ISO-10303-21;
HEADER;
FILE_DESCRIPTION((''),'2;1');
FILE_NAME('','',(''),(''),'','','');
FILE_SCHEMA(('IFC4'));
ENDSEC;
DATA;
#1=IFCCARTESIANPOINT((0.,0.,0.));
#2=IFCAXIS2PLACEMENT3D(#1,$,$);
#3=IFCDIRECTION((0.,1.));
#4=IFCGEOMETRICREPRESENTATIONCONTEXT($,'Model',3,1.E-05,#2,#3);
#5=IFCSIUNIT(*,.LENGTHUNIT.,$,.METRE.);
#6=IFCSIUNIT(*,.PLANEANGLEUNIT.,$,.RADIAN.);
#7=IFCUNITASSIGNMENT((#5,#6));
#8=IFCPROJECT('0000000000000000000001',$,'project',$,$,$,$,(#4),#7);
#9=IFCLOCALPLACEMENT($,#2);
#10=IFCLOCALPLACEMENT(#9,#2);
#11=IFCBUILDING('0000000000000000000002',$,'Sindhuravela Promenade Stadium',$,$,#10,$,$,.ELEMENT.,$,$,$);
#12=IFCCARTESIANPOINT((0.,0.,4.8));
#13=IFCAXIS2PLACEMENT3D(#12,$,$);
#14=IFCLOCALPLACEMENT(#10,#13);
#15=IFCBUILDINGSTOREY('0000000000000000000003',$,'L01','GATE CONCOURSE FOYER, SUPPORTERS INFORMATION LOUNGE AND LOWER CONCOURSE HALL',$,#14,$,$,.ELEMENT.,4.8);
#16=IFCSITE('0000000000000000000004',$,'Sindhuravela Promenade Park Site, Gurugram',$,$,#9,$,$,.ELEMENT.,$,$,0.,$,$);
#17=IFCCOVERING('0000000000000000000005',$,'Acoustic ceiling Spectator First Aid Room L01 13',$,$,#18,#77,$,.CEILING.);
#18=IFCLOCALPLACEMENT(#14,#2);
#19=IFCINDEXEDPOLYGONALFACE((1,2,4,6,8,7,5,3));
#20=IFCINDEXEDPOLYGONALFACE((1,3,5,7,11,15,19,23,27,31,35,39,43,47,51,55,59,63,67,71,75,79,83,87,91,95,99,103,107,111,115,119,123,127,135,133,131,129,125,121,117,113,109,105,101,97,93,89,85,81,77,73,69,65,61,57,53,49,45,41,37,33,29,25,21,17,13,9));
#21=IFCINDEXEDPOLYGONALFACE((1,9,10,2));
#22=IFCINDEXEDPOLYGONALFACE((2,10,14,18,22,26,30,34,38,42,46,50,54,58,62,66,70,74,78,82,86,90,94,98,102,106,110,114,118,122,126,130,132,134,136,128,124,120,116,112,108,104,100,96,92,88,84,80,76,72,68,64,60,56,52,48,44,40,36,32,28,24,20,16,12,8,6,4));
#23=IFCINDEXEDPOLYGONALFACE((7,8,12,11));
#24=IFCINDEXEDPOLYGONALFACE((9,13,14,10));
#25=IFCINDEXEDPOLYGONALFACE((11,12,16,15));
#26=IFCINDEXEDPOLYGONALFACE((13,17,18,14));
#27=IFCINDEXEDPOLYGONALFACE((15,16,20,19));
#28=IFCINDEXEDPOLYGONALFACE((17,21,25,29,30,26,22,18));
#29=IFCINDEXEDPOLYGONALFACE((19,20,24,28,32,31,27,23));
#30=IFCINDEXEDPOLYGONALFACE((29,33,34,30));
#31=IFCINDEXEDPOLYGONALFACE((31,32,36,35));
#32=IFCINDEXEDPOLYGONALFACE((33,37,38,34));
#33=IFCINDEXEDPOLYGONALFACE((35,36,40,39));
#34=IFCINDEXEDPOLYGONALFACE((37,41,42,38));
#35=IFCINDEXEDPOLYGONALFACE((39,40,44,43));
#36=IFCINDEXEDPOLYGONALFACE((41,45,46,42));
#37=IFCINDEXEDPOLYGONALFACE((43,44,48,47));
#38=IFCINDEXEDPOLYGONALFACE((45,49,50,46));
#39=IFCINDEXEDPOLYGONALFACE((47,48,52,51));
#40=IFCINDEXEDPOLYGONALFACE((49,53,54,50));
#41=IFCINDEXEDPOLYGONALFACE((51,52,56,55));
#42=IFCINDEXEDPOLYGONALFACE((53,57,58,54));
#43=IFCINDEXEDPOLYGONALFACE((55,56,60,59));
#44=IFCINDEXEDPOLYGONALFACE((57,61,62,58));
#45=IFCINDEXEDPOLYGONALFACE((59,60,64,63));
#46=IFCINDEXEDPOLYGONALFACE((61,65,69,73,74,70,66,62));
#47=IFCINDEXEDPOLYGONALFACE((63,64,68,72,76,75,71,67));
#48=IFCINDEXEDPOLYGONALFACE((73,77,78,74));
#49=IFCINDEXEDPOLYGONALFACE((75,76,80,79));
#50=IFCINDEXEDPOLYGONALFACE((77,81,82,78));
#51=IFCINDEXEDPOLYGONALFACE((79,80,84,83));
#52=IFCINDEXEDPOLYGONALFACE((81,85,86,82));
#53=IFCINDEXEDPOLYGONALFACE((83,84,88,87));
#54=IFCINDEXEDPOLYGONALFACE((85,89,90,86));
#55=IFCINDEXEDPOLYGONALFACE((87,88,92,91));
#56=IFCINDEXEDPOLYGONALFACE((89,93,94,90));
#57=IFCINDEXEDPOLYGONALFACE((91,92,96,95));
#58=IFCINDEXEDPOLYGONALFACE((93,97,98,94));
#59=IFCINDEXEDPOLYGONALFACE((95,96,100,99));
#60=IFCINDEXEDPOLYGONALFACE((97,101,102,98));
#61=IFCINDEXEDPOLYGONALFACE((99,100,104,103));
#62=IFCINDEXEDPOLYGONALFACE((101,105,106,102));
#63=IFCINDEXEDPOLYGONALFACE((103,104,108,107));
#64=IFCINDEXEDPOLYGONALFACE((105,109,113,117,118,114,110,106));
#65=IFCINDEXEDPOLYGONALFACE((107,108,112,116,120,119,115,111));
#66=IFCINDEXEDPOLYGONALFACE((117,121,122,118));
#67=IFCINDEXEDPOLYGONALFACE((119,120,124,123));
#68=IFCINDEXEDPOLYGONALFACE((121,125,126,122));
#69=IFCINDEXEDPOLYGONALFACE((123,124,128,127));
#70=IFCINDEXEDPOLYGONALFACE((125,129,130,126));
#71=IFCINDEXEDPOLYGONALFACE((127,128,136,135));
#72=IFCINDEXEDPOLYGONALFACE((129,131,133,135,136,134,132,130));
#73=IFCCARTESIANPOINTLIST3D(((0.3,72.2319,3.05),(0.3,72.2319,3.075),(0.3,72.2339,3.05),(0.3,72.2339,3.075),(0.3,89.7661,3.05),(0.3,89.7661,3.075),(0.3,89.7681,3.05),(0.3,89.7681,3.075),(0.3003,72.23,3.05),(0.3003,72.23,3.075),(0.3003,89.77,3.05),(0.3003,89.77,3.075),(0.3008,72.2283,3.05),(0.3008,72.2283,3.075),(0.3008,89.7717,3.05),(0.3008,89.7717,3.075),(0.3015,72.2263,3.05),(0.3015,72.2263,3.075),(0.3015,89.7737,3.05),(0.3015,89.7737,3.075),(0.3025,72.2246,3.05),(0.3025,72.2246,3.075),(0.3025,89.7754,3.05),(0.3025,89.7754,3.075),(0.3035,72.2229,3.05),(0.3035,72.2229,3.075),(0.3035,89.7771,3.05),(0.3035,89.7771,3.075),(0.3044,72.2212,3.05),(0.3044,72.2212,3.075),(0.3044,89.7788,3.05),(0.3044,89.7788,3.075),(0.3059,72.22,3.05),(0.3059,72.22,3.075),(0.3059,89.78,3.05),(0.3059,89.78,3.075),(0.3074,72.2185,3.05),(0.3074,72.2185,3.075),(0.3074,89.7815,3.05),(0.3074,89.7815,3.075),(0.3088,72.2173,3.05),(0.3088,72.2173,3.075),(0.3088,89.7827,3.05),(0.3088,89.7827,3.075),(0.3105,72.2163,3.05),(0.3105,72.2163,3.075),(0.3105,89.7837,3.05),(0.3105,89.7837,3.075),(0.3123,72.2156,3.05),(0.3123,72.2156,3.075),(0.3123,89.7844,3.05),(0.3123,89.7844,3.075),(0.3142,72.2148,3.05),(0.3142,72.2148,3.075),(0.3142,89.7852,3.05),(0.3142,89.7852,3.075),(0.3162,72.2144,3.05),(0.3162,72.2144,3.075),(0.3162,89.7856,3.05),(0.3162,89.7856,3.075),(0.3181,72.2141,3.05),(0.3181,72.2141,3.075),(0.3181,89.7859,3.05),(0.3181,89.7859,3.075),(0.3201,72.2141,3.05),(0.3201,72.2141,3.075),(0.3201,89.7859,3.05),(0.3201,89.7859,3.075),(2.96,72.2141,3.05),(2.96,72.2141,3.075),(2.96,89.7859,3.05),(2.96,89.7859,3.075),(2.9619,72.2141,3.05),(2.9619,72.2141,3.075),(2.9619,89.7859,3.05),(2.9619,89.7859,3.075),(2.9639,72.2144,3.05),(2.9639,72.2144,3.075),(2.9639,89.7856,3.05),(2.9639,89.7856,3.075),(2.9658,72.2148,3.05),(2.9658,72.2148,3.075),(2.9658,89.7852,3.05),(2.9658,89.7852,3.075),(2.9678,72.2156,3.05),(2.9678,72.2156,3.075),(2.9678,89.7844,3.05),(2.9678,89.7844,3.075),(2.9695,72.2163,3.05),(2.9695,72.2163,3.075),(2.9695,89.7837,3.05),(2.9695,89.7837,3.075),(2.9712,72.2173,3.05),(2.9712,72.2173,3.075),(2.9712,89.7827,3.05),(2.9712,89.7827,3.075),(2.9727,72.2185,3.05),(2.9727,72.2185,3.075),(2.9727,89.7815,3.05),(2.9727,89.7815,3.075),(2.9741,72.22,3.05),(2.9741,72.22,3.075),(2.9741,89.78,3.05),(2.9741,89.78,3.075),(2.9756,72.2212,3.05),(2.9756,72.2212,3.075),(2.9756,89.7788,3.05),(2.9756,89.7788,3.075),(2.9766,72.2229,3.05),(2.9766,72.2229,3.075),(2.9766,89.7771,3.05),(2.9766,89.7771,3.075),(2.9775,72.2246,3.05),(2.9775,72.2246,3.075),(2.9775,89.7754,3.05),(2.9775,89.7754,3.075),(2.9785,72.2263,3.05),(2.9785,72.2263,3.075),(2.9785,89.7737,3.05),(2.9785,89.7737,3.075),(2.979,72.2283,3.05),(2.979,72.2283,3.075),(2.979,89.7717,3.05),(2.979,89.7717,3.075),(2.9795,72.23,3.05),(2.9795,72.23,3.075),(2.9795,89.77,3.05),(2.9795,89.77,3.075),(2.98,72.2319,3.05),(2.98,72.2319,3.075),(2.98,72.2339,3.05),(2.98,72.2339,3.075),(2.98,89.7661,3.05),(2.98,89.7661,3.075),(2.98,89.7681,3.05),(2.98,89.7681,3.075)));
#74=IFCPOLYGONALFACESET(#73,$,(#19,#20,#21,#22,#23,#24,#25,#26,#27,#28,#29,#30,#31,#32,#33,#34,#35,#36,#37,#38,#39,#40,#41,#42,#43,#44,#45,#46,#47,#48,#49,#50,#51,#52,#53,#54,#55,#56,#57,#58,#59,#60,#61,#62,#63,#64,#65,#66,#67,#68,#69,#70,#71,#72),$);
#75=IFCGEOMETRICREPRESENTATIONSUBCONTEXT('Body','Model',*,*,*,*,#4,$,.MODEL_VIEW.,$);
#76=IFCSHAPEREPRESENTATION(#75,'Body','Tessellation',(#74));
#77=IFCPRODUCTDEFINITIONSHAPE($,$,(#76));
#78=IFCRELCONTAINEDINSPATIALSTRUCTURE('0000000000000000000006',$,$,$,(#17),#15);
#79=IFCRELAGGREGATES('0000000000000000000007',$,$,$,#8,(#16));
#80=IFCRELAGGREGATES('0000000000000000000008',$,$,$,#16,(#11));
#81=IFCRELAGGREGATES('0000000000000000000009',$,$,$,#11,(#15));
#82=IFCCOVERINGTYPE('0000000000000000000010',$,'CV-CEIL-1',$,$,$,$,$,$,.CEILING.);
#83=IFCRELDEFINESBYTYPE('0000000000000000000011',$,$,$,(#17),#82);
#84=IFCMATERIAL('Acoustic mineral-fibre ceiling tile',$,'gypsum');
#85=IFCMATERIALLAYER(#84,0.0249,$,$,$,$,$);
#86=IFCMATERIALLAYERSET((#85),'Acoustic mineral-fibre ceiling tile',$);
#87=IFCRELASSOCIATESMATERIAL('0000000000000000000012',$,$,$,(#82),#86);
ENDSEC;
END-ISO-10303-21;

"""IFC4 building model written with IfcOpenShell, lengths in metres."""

from ifc_helpers import new_model, si_unit, direction, frame, origin, place, context, subcontext, project, spatial, polyline, outline, extrude, material, layer, layer_set, type_object, element, save


model = new_model("IFC4")

# Units and contexts
model_context = context("Model", 3, precision=1e-05, world=origin(), true_north=direction((0.0, 1.0)))
body_context = subcontext(model_context, "Body", "Model", "MODEL_VIEW")
ifc_project = project(units=[si_unit("LENGTHUNIT", "METRE"), si_unit("PLANEANGLEUNIT", "RADIAN")], contexts=[model_context])

# Site, building, storey
site_placement = place(None, origin())
site = spatial("IfcSite", under=ifc_project, at=site_placement, Name="Sindhuravela Promenade Park Site, Gurugram", CompositionType="ELEMENT", RefElevation=0.0)
building_placement = place(site_placement, origin())
building = spatial("IfcBuilding", under=site, at=building_placement, Name="Sindhuravela Promenade Stadium", CompositionType="ELEMENT")
storey_placement = place(building_placement, frame((0.0, 0.0, 4.8)))
storey = spatial("IfcBuildingStorey", under=building, at=storey_placement, Name="L01", Description="GATE CONCOURSE FOYER, SUPPORTERS INFORMATION LOUNGE AND LOWER CONCOURSE HALL", CompositionType="ELEMENT", Elevation=4.8)

# Covering
ifc_material_1 = material(Name="Acoustic mineral-fibre ceiling tile", Category="gypsum")
ifc_layer_1 = layer(ifc_material_1, 0.0249)
ifc_layer_set_1 = layer_set([ifc_layer_1], Name="Acoustic mineral-fibre ceiling tile")
covering_type_1 = type_object("IfcCoveringType", Name="CV-CEIL-1", PredefinedType="CEILING", material=ifc_layer_set_1)
covering_1_placement = place(storey_placement, frame((0.0, 0.0, 3.05)))
element("IfcCovering", 1, at=covering_1_placement, inside=storey, type_object=covering_type_1, Name="Acoustic ceiling Spectator First Aid Room L01 13", PredefinedType="CEILING", context=body_context, shape_type="SweptSolid", body=[
    extrude(outline(polyline([(0.3, 89.7661), (0.3, 89.7681), (0.3003, 89.77), (0.3008, 89.7717), (0.3015, 89.7737), (0.3025, 89.7754), (0.3035, 89.7771), (0.3044, 89.7788), (0.3059, 89.78), (0.3074, 89.7815), (0.3088, 89.7827), (0.3105, 89.7837), (0.3123, 89.7844), (0.3142, 89.7852), (0.3162, 89.7856), (0.3181, 89.7859), (0.3201, 89.7859), (2.96, 89.7859), (2.9619, 89.7859), (2.9639, 89.7856), (2.9658, 89.7852), (2.9678, 89.7844), (2.9695, 89.7837), (2.9712, 89.7827), (2.9727, 89.7815), (2.9741, 89.78), (2.9756, 89.7788), (2.9766, 89.7771), (2.9775, 89.7754), (2.9785, 89.7737), (2.979, 89.7717), (2.9795, 89.77), (2.98, 89.7681), (2.98, 89.7661), (2.98, 72.2339), (2.98, 72.2319), (2.9795, 72.23), (2.979, 72.2283), (2.9785, 72.2263), (2.9775, 72.2246), (2.9766, 72.2229), (2.9756, 72.2212), (2.9741, 72.22), (2.9727, 72.2185), (2.9712, 72.2173), (2.9695, 72.2163), (2.9678, 72.2156), (2.9658, 72.2148), (2.9639, 72.2144), (2.9619, 72.2141), (2.96, 72.2141), (0.3201, 72.2141), (0.3181, 72.2141), (0.3162, 72.2144), (0.3142, 72.2148), (0.3123, 72.2156), (0.3105, 72.2163), (0.3088, 72.2173), (0.3074, 72.2185), (0.3059, 72.22), (0.3044, 72.2212), (0.3035, 72.2229), (0.3025, 72.2246), (0.3015, 72.2263), (0.3008, 72.2283), (0.3003, 72.23), (0.3, 72.2319), (0.3, 72.2339), (0.3, 89.7661)])), origin(), (0.0, 0.0, 1.0), 0.0249),
])

save(model, "model.ifc")
